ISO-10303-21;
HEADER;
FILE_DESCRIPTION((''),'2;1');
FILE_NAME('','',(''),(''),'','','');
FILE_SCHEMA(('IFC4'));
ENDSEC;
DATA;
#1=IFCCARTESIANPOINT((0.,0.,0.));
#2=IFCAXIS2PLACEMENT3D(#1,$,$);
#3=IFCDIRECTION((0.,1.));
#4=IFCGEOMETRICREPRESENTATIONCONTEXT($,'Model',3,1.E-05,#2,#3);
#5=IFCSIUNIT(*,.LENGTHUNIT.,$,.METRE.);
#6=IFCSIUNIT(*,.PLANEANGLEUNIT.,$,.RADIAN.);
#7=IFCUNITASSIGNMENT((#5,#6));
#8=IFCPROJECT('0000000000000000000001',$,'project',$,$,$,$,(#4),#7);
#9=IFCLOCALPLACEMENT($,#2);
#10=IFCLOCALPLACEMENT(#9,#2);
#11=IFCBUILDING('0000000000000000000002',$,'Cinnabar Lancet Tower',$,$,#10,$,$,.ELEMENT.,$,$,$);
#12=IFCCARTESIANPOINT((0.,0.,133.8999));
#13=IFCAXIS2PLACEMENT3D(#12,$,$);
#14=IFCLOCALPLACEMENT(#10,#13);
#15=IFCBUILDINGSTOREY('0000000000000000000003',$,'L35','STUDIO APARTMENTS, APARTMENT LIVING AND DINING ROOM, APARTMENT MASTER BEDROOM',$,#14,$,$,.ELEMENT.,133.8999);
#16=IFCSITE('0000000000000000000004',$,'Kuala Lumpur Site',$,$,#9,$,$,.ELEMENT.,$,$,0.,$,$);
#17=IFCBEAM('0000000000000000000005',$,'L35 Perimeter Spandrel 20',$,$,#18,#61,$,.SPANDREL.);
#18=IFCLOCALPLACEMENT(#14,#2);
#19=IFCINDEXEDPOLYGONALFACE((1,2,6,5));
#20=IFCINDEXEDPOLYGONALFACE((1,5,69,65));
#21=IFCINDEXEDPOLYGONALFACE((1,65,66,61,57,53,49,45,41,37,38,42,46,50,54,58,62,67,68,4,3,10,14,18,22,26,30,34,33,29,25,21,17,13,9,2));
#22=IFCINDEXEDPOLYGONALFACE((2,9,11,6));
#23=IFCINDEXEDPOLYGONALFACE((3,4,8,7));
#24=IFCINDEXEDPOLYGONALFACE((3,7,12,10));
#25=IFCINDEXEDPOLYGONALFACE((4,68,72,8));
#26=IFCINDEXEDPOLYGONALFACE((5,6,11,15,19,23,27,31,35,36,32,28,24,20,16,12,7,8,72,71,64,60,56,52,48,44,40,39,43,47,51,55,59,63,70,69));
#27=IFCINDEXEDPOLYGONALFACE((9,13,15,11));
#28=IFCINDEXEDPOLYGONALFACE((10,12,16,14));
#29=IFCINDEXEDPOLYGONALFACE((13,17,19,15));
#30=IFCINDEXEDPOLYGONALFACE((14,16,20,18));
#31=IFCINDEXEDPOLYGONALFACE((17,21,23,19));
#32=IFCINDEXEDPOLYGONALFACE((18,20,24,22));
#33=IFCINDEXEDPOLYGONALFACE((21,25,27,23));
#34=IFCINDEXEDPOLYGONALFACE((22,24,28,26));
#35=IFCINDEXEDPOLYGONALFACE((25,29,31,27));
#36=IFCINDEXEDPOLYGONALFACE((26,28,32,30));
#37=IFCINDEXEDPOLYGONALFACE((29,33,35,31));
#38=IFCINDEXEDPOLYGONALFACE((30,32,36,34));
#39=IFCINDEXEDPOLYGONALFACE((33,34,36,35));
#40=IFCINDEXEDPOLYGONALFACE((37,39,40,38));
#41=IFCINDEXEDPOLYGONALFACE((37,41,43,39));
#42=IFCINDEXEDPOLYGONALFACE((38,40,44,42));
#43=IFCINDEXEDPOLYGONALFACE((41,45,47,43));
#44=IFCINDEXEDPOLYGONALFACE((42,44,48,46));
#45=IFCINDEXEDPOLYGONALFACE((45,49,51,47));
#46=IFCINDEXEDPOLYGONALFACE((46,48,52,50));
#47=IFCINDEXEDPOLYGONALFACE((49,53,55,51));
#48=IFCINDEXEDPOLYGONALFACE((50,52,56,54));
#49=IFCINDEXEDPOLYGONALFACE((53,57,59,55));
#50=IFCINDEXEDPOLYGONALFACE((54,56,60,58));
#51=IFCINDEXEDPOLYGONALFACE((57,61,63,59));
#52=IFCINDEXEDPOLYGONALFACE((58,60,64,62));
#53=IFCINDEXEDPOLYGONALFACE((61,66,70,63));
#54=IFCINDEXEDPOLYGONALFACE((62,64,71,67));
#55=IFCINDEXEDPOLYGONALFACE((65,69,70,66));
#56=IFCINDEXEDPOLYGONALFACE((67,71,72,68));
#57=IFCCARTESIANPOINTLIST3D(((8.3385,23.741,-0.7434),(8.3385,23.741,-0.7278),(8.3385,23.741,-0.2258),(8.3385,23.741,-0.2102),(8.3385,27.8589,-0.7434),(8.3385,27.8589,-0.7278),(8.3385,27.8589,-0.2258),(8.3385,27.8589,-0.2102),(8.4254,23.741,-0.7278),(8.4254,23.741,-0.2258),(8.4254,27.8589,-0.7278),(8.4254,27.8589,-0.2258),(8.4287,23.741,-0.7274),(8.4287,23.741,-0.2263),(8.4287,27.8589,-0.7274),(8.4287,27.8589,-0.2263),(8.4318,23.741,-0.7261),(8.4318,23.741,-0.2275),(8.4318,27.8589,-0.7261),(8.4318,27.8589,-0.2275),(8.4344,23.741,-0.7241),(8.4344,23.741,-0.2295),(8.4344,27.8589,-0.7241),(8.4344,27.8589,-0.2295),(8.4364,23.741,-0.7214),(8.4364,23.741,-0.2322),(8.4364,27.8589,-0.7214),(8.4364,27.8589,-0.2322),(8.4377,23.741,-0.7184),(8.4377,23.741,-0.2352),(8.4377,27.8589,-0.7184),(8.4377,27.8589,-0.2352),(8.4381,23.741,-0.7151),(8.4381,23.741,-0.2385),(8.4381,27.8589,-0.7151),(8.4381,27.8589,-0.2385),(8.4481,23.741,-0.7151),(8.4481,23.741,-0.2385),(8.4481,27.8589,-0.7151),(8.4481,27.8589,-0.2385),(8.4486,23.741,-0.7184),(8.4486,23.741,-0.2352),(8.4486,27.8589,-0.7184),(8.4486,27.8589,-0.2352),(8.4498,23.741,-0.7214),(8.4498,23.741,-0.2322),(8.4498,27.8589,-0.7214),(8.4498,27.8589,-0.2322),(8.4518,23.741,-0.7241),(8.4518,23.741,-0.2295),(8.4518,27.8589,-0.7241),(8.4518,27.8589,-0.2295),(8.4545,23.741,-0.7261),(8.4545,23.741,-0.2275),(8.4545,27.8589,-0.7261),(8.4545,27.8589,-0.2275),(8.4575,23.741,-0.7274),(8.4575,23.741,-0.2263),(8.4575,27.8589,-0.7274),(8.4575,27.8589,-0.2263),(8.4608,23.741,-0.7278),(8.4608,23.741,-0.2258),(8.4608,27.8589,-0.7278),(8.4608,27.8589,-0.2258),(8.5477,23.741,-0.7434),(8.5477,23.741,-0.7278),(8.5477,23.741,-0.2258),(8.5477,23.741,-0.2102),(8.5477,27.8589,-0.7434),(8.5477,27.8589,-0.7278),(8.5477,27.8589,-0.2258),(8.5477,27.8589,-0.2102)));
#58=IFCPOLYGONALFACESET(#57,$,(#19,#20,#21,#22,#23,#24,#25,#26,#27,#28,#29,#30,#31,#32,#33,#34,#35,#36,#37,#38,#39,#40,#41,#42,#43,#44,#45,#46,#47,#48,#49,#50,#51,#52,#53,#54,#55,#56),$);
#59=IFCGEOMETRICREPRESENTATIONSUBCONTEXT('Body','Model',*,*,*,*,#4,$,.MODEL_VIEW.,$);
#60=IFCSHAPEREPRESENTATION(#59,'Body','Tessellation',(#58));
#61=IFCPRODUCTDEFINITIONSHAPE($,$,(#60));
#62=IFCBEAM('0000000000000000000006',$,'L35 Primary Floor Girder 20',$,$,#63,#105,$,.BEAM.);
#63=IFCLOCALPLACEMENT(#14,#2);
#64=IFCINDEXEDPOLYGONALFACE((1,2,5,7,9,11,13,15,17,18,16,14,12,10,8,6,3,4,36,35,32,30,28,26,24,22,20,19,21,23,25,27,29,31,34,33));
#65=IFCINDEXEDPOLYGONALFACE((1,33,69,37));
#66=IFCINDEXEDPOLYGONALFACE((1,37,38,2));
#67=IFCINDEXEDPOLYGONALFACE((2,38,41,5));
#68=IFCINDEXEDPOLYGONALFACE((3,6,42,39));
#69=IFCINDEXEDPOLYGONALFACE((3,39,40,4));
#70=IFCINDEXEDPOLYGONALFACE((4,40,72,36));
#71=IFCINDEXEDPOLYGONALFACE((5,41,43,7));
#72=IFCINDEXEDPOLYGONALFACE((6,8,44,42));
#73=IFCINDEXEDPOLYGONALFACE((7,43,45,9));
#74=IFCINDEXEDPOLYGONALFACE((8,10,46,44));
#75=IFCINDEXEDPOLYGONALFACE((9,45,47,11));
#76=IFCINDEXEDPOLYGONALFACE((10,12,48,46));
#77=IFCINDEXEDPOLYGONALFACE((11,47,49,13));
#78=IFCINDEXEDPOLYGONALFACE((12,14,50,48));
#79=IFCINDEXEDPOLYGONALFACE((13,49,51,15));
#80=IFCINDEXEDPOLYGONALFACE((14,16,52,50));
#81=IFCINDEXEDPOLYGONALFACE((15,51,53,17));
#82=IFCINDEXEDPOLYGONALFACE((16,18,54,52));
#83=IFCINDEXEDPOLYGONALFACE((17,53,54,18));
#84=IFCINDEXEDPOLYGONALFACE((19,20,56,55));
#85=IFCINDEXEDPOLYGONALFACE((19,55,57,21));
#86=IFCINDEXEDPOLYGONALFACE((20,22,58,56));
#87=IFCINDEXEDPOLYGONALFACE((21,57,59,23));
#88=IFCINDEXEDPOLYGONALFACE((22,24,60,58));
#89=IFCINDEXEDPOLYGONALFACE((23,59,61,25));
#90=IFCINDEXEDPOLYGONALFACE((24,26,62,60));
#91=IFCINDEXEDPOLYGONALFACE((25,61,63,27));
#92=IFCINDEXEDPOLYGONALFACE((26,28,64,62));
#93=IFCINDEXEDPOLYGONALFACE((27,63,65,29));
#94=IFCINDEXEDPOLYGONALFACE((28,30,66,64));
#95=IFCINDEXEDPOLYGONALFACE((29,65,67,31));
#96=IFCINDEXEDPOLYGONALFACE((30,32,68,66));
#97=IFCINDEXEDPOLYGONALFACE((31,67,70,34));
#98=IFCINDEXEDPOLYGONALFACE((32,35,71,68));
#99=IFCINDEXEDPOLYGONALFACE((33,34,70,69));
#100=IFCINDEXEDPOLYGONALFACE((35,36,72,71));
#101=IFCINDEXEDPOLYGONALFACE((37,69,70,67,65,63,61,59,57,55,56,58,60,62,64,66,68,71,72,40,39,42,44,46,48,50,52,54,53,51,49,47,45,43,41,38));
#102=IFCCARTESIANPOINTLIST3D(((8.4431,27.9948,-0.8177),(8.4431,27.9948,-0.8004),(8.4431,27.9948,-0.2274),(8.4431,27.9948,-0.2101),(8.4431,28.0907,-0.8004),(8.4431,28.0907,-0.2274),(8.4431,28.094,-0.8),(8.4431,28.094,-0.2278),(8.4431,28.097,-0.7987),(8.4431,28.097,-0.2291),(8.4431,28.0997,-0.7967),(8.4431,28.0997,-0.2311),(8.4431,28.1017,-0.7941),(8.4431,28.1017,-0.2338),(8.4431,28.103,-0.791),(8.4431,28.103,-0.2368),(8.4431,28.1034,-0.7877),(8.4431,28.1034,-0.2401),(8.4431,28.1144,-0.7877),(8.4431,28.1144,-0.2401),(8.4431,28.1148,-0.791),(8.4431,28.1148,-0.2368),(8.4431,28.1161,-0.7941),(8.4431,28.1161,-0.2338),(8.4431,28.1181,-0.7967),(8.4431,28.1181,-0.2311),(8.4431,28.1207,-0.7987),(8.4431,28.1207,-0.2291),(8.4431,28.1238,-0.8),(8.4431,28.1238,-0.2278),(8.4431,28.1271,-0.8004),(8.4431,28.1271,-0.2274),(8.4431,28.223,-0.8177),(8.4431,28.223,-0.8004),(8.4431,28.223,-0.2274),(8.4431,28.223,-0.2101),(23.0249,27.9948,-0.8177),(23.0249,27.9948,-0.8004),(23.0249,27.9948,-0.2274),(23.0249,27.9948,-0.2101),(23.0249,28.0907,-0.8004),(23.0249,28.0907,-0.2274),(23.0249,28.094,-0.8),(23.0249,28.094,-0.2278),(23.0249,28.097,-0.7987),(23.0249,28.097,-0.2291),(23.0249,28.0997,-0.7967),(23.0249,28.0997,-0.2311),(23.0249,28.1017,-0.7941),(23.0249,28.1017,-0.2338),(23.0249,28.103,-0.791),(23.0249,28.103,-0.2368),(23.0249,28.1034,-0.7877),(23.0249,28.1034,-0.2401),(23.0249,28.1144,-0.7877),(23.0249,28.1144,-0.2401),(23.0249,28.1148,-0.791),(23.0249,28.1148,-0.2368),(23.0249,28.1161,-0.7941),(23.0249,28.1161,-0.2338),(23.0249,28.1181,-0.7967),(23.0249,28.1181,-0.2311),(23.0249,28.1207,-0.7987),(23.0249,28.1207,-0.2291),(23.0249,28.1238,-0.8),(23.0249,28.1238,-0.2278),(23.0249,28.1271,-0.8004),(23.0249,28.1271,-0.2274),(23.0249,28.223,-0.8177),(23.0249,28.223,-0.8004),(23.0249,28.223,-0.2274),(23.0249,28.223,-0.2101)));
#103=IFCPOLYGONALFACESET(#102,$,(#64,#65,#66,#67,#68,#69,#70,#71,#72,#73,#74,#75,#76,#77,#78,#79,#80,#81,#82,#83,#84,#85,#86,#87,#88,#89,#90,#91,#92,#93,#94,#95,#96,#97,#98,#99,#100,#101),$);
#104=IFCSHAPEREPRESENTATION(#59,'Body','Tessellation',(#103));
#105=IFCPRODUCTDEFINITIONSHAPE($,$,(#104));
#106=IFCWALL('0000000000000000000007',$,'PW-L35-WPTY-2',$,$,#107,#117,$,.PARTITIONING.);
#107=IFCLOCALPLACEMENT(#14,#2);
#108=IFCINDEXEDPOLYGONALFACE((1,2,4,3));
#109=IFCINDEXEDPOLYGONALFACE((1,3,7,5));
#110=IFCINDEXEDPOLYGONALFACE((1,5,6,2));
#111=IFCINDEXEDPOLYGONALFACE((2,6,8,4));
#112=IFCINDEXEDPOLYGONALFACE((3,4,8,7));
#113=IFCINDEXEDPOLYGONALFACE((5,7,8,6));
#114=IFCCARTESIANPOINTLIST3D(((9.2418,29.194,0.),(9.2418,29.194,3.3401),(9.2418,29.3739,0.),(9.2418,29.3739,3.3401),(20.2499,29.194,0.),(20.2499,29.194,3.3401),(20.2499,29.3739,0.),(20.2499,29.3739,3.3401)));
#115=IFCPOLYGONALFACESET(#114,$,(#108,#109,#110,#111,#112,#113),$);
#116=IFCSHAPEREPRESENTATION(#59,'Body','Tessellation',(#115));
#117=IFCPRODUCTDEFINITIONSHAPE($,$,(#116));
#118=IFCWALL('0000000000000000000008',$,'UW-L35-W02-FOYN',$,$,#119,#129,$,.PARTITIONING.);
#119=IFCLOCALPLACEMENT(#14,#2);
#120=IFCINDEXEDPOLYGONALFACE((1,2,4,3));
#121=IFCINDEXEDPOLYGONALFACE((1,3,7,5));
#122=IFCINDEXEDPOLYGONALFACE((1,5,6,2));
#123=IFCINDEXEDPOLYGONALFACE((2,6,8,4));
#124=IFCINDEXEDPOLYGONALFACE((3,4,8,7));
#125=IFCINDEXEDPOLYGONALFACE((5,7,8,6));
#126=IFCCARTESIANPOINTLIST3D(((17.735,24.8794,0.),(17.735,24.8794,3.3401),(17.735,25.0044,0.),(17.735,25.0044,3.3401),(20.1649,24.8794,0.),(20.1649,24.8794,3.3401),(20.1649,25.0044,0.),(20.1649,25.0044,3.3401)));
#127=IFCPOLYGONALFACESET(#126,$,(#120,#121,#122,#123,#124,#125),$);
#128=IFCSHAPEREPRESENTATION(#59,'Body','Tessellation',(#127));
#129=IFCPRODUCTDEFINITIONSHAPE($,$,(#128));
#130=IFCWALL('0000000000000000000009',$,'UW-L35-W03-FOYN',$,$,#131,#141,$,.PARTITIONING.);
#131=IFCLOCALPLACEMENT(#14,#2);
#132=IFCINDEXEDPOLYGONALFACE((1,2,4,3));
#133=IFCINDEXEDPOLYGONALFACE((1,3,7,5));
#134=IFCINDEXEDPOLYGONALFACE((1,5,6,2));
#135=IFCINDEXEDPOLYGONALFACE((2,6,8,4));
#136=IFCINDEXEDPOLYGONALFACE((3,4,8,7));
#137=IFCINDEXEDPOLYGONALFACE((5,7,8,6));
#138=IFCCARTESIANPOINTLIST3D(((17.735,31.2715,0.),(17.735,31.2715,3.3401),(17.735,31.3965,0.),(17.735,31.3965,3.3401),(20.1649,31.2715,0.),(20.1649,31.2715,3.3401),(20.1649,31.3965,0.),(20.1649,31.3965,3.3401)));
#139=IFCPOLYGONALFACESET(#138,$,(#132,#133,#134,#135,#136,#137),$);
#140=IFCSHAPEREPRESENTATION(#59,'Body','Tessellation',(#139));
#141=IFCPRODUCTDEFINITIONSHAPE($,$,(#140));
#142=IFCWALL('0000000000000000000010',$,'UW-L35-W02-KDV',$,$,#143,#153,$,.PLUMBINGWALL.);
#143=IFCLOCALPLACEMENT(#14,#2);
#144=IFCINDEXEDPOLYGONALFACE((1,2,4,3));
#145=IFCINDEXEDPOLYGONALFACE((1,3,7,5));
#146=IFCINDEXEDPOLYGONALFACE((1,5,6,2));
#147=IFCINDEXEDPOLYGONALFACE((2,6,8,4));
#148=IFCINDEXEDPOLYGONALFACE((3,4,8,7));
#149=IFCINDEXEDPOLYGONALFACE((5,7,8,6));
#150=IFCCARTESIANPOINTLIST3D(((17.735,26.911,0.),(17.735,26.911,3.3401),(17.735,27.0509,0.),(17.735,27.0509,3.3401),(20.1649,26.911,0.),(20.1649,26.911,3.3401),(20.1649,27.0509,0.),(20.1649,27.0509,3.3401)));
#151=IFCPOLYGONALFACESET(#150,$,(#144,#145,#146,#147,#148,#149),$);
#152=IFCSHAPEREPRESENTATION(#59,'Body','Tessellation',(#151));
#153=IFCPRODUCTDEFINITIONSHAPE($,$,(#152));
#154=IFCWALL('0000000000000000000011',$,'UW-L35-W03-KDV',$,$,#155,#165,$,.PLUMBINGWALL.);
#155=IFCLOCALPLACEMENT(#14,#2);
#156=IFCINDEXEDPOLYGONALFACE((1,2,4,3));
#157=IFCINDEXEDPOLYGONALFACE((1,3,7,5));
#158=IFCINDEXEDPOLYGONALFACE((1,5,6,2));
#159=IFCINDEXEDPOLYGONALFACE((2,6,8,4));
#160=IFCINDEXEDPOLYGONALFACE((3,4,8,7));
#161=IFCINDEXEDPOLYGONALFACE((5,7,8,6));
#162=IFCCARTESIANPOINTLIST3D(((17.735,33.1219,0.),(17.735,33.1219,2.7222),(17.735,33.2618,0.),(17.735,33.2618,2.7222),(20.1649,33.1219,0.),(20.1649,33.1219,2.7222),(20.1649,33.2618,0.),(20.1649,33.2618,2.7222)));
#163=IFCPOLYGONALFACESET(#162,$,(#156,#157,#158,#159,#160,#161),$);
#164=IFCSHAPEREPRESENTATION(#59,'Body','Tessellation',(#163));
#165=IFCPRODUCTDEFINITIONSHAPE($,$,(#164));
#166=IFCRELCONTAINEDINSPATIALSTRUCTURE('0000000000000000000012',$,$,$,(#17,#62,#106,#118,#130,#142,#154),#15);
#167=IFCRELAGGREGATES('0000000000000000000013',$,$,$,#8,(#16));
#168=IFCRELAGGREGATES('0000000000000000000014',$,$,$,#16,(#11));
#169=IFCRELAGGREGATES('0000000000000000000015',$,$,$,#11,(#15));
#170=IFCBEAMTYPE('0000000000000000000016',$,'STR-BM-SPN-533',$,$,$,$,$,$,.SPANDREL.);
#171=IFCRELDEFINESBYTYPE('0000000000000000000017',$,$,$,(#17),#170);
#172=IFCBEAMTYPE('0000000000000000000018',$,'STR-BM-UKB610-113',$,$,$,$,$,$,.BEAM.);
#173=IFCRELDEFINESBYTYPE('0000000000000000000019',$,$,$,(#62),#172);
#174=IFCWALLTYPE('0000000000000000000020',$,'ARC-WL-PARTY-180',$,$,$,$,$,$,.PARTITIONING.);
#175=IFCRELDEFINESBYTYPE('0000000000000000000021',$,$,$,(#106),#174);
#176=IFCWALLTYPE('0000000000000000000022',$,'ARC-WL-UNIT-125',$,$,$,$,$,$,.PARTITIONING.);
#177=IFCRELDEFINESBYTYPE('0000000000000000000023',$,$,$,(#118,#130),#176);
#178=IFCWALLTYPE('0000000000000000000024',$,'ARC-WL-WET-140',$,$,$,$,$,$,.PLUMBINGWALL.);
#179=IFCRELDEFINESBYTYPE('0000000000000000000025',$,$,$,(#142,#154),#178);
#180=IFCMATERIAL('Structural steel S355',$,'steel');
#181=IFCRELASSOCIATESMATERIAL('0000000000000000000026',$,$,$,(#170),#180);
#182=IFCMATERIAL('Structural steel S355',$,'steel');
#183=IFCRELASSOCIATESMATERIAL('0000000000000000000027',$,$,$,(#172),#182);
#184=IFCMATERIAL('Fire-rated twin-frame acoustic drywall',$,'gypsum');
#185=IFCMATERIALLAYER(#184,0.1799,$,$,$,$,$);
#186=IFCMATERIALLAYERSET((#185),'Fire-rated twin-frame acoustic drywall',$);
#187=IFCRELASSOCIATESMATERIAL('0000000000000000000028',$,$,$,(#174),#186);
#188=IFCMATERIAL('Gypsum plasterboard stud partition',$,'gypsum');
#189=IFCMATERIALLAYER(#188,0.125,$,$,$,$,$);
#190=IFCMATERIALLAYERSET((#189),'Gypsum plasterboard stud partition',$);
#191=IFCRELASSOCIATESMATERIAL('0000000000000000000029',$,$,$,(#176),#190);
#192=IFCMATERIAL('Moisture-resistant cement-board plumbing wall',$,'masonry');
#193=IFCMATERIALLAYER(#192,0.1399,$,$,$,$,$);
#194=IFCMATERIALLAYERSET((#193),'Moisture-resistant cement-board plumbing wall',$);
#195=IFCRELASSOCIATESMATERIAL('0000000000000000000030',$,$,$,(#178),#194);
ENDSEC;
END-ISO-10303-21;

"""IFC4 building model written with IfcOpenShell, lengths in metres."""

from ifc_helpers import new_model, si_unit, direction, frame, frame_2d, origin, origin_2d, place, context, subcontext, project, spatial, rectangle, i_section, extrude, material, layer, layer_set, material_profile, profile_set, type_object, element, save


model = new_model("IFC4")

# Units and contexts
model_context = context("Model", 3, precision=1e-05, world=origin(), true_north=direction((0.0, 1.0)))
body_context = subcontext(model_context, "Body", "Model", "MODEL_VIEW")
ifc_project = project(units=[si_unit("LENGTHUNIT", "METRE"), si_unit("PLANEANGLEUNIT", "RADIAN")], contexts=[model_context])

# Site, building, storey
site_placement = place(None, origin())
site = spatial("IfcSite", under=ifc_project, at=site_placement, Name="Kuala Lumpur Site", CompositionType="ELEMENT", RefElevation=0.0)
building_placement = place(site_placement, origin())
building = spatial("IfcBuilding", under=site, at=building_placement, Name="Cinnabar Lancet Tower", CompositionType="ELEMENT")
storey_placement = place(building_placement, frame((0.0, 0.0, 133.8999)))
storey = spatial("IfcBuildingStorey", under=building, at=storey_placement, Name="L35", Description="STUDIO APARTMENTS, APARTMENT LIVING AND DINING ROOM, APARTMENT MASTER BEDROOM", CompositionType="ELEMENT", Elevation=133.8999)

# Beams
ifc_material_1 = material(Name="Structural steel S355", Category="steel")
ifc_material_profile_1 = material_profile(ifc_material_1, i_section(OverallWidth=0.2092, OverallDepth=0.5332, WebThickness=0.01, FlangeThickness=0.0156, FilletRadius=0.0127, at=origin_2d()), Name="UKB 533x210x92")
ifc_profile_set_1 = profile_set([ifc_material_profile_1], Name="Structural steel S355")
beam_type_1 = type_object("IfcBeamType", Name="STR-BM-SPN-533", PredefinedType="SPANDREL", material=ifc_profile_set_1)
beam_1_placement = place(storey_placement, frame((8.4431, 27.8589, -0.4768), z_axis=(0.0, -1.0, 0.0), x_axis=(1.0, 0.0, 0.0)))
element("IfcBeam", 1, at=beam_1_placement, inside=storey, type_object=beam_type_1, Name="L35 Perimeter Spandrel 20", PredefinedType="SPANDREL", context=body_context, shape_type="SweptSolid", body=[
    extrude(i_section(OverallWidth=0.2092, OverallDepth=0.5332, WebThickness=0.01, FlangeThickness=0.0156, FilletRadius=0.0127, at=origin_2d()), origin(), (0.0, 0.0, 1.0), 4.1179),
])
ifc_material_2 = material(Name="Structural steel S355", Category="steel")
ifc_material_profile_2 = material_profile(ifc_material_2, i_section(OverallWidth=0.2283, OverallDepth=0.6077, WebThickness=0.011, FlangeThickness=0.0173, FilletRadius=0.0127, at=origin_2d()), Name="UKB 610x229x113")
ifc_profile_set_2 = profile_set([ifc_material_profile_2], Name="Structural steel S355")
beam_type_2 = type_object("IfcBeamType", Name="STR-BM-UKB610-113", PredefinedType="BEAM", material=ifc_profile_set_2)
beam_2_placement = place(storey_placement, frame((8.4431, 28.1089, -0.5139), z_axis=(1.0, 0.0, 0.0), x_axis=(0.0, 1.0, 0.0)))
element("IfcBeam", 2, at=beam_2_placement, inside=storey, type_object=beam_type_2, Name="L35 Primary Floor Girder 20", PredefinedType="BEAM", context=body_context, shape_type="SweptSolid", body=[
    extrude(i_section(OverallWidth=0.2283, OverallDepth=0.6077, WebThickness=0.011, FlangeThickness=0.0173, FilletRadius=0.0127, at=origin_2d()), origin(), (0.0, 0.0, 1.0), 14.5818),
])

# Walls
ifc_material_3 = material(Name="Fire-rated twin-frame acoustic drywall", Category="gypsum")
ifc_layer_1 = layer(ifc_material_3, 0.1799)
ifc_layer_set_1 = layer_set([ifc_layer_1], Name="Fire-rated twin-frame acoustic drywall")
wall_type_1 = type_object("IfcWallType", Name="ARC-WL-PARTY-180", PredefinedType="PARTITIONING", material=ifc_layer_set_1)
wall_1_placement = place(storey_placement, frame((9.2419, 29.2839, 0.0), z_axis=(0.0, 0.0, 1.0), x_axis=(1.0, 0.0, 0.0)))
element("IfcWall", 3, at=wall_1_placement, inside=storey, type_object=wall_type_1, Name="PW-L35-WPTY-2", PredefinedType="PARTITIONING", context=body_context, shape_type="SweptSolid", body=[
    extrude(rectangle(XDim=11.0081, YDim=0.1799, at=frame_2d((5.5039, 0.0))), origin(), (0.0, 0.0, 1.0), 3.3401),
])
ifc_material_4 = material(Name="Gypsum plasterboard stud partition", Category="gypsum")
ifc_layer_2 = layer(ifc_material_4, 0.125)
ifc_layer_set_2 = layer_set([ifc_layer_2], Name="Gypsum plasterboard stud partition")
wall_type_2 = type_object("IfcWallType", Name="ARC-WL-UNIT-125", PredefinedType="PARTITIONING", material=ifc_layer_set_2)
for number, where, z_axis, x_axis, name in (
    (4, (17.7351, 24.9419, 0.0), (0.0, 0.0, 1.0), (1.0, 0.0, 0.0), "UW-L35-W02-FOYN"),
    (5, (17.7351, 31.334, 0.0), (0.0, 0.0, 1.0), (1.0, 0.0, 0.0), "UW-L35-W03-FOYN"),
):
    element("IfcWall", number, at=place(storey_placement, frame(where, z_axis=z_axis, x_axis=x_axis)), inside=storey, type_object=wall_type_2, Name=name, PredefinedType="PARTITIONING", context=body_context, shape_type="SweptSolid", body=[
        extrude(rectangle(XDim=2.4299, YDim=0.125, at=frame_2d((1.2148, 0.0))), origin(), (0.0, 0.0, 1.0), 3.3401),
    ])

# Shared definitions
ifc_material_5 = material(Name="Moisture-resistant cement-board plumbing wall", Category="masonry")
ifc_layer_3 = layer(ifc_material_5, 0.1399)
ifc_layer_set_3 = layer_set([ifc_layer_3], Name="Moisture-resistant cement-board plumbing wall")
wall_type_3 = type_object("IfcWallType", Name="ARC-WL-WET-140", PredefinedType="PLUMBINGWALL", material=ifc_layer_set_3)

# Wall
wall_2_placement = place(storey_placement, frame((17.7351, 26.981, 0.0), z_axis=(0.0, 0.0, 1.0), x_axis=(1.0, 0.0, 0.0)))
element("IfcWall", 6, at=wall_2_placement, inside=storey, type_object=wall_type_3, Name="UW-L35-W02-KDV", PredefinedType="PLUMBINGWALL", context=body_context, shape_type="SweptSolid", body=[
    extrude(rectangle(XDim=2.4299, YDim=0.1399, at=frame_2d((1.2148, 0.0))), origin(), (0.0, 0.0, 1.0), 3.3401),
])

# Wall
wall_3_placement = place(storey_placement, frame((17.7351, 33.1919, 0.0), z_axis=(0.0, 0.0, 1.0), x_axis=(1.0, 0.0, 0.0)))
element("IfcWall", 7, at=wall_3_placement, inside=storey, type_object=wall_type_3, Name="UW-L35-W03-KDV", PredefinedType="PLUMBINGWALL", context=body_context, shape_type="SweptSolid", body=[
    extrude(rectangle(XDim=2.4299, YDim=0.1399, at=frame_2d((1.2148, 0.0))), origin(), (0.0, 0.0, 1.0), 2.7222),
])

save(model, "model.ifc")
